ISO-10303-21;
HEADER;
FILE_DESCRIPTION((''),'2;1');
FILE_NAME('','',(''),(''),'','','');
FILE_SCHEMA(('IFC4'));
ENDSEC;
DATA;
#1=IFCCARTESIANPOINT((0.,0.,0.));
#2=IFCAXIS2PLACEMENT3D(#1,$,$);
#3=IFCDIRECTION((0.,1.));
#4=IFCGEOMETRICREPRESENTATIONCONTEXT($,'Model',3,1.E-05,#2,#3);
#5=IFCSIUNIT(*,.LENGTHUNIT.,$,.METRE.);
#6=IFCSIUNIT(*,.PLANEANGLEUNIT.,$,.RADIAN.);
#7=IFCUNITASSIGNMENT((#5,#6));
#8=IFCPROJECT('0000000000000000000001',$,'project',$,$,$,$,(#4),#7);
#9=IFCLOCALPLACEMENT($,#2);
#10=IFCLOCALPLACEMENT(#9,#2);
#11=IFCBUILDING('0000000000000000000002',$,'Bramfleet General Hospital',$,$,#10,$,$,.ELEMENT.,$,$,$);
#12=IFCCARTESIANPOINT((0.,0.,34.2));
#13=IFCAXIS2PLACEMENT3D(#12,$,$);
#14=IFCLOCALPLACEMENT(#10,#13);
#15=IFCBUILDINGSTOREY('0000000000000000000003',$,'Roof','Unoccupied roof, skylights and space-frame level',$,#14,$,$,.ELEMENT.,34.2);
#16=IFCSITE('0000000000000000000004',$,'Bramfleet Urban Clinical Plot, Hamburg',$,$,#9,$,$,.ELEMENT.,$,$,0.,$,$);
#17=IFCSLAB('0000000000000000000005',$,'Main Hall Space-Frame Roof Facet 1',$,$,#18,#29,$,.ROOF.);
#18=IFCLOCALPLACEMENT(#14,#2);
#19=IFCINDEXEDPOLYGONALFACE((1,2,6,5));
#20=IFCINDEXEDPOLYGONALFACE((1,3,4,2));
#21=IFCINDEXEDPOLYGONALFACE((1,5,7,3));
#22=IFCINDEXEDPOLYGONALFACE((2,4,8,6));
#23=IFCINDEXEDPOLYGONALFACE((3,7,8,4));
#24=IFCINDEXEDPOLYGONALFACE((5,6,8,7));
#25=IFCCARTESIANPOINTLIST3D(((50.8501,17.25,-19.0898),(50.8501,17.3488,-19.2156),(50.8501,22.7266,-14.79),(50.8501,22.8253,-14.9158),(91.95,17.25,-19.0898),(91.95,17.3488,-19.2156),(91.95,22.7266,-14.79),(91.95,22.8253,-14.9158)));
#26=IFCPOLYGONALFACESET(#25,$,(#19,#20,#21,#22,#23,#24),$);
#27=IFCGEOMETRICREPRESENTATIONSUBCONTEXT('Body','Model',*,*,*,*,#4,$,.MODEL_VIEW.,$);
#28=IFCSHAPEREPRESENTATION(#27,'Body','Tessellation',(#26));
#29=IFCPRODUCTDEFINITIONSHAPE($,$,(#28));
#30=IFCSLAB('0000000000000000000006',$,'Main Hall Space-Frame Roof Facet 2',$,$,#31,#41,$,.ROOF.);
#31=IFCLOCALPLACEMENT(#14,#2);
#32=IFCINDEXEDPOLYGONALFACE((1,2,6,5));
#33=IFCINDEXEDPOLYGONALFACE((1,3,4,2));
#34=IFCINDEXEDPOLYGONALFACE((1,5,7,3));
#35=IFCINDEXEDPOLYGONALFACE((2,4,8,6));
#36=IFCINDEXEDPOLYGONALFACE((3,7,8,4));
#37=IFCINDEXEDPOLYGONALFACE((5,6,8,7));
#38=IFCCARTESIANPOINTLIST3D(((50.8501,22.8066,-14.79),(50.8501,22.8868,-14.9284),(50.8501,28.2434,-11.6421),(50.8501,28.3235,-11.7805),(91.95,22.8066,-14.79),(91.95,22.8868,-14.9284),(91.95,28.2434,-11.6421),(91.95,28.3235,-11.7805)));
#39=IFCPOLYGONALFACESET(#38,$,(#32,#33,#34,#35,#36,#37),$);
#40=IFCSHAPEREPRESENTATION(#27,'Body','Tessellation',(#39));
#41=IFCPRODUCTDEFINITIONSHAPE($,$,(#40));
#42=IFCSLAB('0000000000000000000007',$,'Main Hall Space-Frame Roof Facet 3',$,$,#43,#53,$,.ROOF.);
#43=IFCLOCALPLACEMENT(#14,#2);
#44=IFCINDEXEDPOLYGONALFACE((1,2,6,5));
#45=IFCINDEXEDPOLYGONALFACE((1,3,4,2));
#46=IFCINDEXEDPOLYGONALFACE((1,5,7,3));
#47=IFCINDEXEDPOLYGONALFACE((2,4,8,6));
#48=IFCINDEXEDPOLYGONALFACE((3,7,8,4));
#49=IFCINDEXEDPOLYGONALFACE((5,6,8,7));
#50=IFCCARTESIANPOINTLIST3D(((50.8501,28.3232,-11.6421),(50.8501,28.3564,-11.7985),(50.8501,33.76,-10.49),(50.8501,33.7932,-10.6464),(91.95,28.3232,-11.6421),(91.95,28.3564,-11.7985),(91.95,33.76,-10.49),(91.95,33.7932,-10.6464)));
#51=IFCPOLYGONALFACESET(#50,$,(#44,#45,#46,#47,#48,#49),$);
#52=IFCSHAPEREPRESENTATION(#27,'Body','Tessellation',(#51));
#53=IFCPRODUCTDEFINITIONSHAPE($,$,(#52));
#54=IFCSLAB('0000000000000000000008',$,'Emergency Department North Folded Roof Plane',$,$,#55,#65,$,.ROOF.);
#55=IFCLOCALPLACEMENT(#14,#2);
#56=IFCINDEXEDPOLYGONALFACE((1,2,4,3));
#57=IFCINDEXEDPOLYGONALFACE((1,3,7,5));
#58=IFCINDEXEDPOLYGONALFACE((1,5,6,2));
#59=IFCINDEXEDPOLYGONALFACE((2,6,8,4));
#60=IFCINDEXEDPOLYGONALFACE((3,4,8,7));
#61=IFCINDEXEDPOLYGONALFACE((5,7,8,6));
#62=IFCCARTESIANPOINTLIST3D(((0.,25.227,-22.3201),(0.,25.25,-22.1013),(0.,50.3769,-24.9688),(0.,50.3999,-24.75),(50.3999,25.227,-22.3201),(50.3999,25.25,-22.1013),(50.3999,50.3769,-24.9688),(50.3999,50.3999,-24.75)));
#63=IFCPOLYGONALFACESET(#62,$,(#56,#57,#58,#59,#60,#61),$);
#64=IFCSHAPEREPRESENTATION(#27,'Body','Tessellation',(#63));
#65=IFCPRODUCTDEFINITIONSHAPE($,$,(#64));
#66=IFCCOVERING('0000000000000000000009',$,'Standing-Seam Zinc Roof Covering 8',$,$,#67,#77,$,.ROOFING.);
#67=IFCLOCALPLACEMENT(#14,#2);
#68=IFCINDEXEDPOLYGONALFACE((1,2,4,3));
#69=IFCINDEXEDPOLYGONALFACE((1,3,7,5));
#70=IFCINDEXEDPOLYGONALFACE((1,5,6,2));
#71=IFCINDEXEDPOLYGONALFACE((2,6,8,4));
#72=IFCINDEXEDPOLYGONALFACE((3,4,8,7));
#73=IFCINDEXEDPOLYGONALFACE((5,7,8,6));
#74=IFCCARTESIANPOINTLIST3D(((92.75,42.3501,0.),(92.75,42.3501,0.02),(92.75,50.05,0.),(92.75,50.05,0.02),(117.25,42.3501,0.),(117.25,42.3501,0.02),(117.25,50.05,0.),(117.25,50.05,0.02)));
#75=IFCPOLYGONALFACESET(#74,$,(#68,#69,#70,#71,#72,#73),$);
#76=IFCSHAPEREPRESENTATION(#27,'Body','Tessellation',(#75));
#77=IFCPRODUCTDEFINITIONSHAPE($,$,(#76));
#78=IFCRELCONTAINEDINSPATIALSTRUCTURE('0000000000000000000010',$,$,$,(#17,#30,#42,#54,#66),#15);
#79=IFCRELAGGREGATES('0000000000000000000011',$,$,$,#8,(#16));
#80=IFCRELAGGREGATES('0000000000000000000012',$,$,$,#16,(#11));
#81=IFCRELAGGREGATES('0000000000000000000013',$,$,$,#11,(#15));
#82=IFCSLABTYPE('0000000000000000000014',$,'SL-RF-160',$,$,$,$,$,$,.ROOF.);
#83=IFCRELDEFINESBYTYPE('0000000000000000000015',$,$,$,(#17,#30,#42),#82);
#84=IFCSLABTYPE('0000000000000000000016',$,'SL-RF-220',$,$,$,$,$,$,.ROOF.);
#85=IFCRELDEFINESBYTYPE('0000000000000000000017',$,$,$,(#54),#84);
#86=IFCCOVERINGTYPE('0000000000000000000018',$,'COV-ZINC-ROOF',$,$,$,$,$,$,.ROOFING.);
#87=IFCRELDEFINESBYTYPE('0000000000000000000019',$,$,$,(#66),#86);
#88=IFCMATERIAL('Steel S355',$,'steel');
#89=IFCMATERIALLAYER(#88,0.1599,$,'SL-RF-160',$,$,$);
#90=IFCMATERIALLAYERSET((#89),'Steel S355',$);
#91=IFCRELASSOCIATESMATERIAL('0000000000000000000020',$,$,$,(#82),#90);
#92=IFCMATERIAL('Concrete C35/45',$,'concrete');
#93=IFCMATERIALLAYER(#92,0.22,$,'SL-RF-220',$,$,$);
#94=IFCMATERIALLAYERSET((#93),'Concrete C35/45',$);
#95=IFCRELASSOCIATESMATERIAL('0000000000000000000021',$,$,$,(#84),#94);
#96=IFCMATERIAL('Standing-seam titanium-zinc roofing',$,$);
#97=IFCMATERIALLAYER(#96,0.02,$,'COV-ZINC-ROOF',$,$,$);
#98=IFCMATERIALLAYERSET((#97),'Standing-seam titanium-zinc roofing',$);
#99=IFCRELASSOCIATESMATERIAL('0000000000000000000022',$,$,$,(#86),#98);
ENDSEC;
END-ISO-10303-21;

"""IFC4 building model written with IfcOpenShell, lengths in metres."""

from ifc_helpers import new_model, si_unit, direction, frame, origin, place, context, subcontext, project, spatial, polyline, outline, extrude, material, layer, layer_set, type_object, element, save


model = new_model("IFC4")

# Units and contexts
model_context = context("Model", 3, precision=1e-05, world=origin(), true_north=direction((0.0, 1.0)))
body_context = subcontext(model_context, "Body", "Model", "MODEL_VIEW")
ifc_project = project(units=[si_unit("LENGTHUNIT", "METRE"), si_unit("PLANEANGLEUNIT", "RADIAN")], contexts=[model_context])

# Site, building, storey
site_placement = place(None, origin())
site = spatial("IfcSite", under=ifc_project, at=site_placement, Name="Bramfleet Urban Clinical Plot, Hamburg", CompositionType="ELEMENT", RefElevation=0.0)
building_placement = place(site_placement, origin())
building = spatial("IfcBuilding", under=site, at=building_placement, Name="Bramfleet General Hospital", CompositionType="ELEMENT")
storey_placement = place(building_placement, frame((0.0, 0.0, 34.2)))
storey = spatial("IfcBuildingStorey", under=building, at=storey_placement, Name="Roof", Description="Unoccupied roof, skylights and space-frame level", CompositionType="ELEMENT", Elevation=34.2)

# Shared definitions
ifc_material_1 = material(Name="Steel S355", Category="steel")

# Slabs
ifc_layer_1 = layer(ifc_material_1, 0.1599, Name="SL-RF-160")
ifc_layer_set_1 = layer_set([ifc_layer_1], Name="Steel S355")
slab_type_1 = type_object("IfcSlabType", Name="SL-RF-160", PredefinedType="ROOF", material=ifc_layer_set_1)
slab_1_placement = place(storey_placement, frame((50.8501, 17.25, -19.0898), z_axis=(0.0, -0.617537, 0.786542), x_axis=(1.0, 0.0, 0.0)))
element("IfcSlab", 1, at=slab_1_placement, inside=storey, type_object=slab_type_1, Name="Main Hall Space-Frame Roof Facet 1", PredefinedType="ROOF", context=body_context, shape_type="SweptSolid", body=[
    extrude(outline(polyline([(0.0, 0.0), (41.0999, 0.0), (41.0999, 6.9628), (0.0, 6.9628), (0.0, 0.0)])), origin(), (0.0, 0.0, -1.0), 0.1599),
])
slab_2_placement = place(storey_placement, frame((50.8501, 22.8066, -14.79), z_axis=(0.0, -0.501078, 0.865402), x_axis=(1.0, 0.0, 0.0)))
element("IfcSlab", 2, at=slab_2_placement, inside=storey, type_object=slab_type_1, Name="Main Hall Space-Frame Roof Facet 2", PredefinedType="ROOF", context=body_context, shape_type="SweptSolid", body=[
    extrude(outline(polyline([(0.0, 0.0), (41.0999, 0.0), (41.0999, 6.2824), (0.0, 6.2824), (0.0, 0.0)])), origin(), (0.0, 0.0, -1.0), 0.1599),
])
slab_3_placement = place(storey_placement, frame((50.8501, 28.3232, -11.6421), z_axis=(0.0, -0.207305, 0.978276), x_axis=(1.0, 0.0, 0.0)))
element("IfcSlab", 3, at=slab_3_placement, inside=storey, type_object=slab_type_1, Name="Main Hall Space-Frame Roof Facet 3", PredefinedType="ROOF", context=body_context, shape_type="SweptSolid", body=[
    extrude(outline(polyline([(0.0, 0.0), (41.0999, 0.0), (41.0999, 5.5575), (0.0, 5.5575), (0.0, 0.0)])), origin(), (0.0, 0.0, -1.0), 0.1599),
])
ifc_material_2 = material(Name="Concrete C35/45", Category="concrete")
ifc_layer_2 = layer(ifc_material_2, 0.22, Name="SL-RF-220")
ifc_layer_set_2 = layer_set([ifc_layer_2], Name="Concrete C35/45")
slab_type_2 = type_object("IfcSlabType", Name="SL-RF-220", PredefinedType="ROOF", material=ifc_layer_set_2)
slab_4_placement = place(storey_placement, frame((0.0, 25.25, -22.1013), z_axis=(0.0, 0.104737, 0.9945), x_axis=(1.0, 0.0, 0.0)))
element("IfcSlab", 4, at=slab_4_placement, inside=storey, type_object=slab_type_2, Name="Emergency Department North Folded Roof Plane", PredefinedType="ROOF", context=body_context, shape_type="SweptSolid", body=[
    extrude(outline(polyline([(0.0, 0.0), (50.3999, 0.0), (50.3999, 25.289), (0.0, 25.289), (0.0, 0.0)])), origin(), (0.0, 0.0, -1.0), 0.22),
])

# Covering
ifc_material_3 = material(Name="Standing-seam titanium-zinc roofing")
ifc_layer_3 = layer(ifc_material_3, 0.02, Name="COV-ZINC-ROOF")
ifc_layer_set_3 = layer_set([ifc_layer_3], Name="Standing-seam titanium-zinc roofing")
covering_type = type_object("IfcCoveringType", Name="COV-ZINC-ROOF", PredefinedType="ROOFING", material=ifc_layer_set_3)
covering_placement = place(storey_placement, origin())
element("IfcCovering", 5, at=covering_placement, inside=storey, type_object=covering_type, Name="Standing-Seam Zinc Roof Covering 8", PredefinedType="ROOFING", context=body_context, shape_type="SweptSolid", body=[
    extrude(outline(polyline([(92.75, 50.05), (117.25, 50.05), (117.25, 42.3501), (92.75, 42.3501), (92.75, 50.05)])), origin(), (0.0, 0.0, 1.0), 0.02),
])

save(model, "model.ifc")
